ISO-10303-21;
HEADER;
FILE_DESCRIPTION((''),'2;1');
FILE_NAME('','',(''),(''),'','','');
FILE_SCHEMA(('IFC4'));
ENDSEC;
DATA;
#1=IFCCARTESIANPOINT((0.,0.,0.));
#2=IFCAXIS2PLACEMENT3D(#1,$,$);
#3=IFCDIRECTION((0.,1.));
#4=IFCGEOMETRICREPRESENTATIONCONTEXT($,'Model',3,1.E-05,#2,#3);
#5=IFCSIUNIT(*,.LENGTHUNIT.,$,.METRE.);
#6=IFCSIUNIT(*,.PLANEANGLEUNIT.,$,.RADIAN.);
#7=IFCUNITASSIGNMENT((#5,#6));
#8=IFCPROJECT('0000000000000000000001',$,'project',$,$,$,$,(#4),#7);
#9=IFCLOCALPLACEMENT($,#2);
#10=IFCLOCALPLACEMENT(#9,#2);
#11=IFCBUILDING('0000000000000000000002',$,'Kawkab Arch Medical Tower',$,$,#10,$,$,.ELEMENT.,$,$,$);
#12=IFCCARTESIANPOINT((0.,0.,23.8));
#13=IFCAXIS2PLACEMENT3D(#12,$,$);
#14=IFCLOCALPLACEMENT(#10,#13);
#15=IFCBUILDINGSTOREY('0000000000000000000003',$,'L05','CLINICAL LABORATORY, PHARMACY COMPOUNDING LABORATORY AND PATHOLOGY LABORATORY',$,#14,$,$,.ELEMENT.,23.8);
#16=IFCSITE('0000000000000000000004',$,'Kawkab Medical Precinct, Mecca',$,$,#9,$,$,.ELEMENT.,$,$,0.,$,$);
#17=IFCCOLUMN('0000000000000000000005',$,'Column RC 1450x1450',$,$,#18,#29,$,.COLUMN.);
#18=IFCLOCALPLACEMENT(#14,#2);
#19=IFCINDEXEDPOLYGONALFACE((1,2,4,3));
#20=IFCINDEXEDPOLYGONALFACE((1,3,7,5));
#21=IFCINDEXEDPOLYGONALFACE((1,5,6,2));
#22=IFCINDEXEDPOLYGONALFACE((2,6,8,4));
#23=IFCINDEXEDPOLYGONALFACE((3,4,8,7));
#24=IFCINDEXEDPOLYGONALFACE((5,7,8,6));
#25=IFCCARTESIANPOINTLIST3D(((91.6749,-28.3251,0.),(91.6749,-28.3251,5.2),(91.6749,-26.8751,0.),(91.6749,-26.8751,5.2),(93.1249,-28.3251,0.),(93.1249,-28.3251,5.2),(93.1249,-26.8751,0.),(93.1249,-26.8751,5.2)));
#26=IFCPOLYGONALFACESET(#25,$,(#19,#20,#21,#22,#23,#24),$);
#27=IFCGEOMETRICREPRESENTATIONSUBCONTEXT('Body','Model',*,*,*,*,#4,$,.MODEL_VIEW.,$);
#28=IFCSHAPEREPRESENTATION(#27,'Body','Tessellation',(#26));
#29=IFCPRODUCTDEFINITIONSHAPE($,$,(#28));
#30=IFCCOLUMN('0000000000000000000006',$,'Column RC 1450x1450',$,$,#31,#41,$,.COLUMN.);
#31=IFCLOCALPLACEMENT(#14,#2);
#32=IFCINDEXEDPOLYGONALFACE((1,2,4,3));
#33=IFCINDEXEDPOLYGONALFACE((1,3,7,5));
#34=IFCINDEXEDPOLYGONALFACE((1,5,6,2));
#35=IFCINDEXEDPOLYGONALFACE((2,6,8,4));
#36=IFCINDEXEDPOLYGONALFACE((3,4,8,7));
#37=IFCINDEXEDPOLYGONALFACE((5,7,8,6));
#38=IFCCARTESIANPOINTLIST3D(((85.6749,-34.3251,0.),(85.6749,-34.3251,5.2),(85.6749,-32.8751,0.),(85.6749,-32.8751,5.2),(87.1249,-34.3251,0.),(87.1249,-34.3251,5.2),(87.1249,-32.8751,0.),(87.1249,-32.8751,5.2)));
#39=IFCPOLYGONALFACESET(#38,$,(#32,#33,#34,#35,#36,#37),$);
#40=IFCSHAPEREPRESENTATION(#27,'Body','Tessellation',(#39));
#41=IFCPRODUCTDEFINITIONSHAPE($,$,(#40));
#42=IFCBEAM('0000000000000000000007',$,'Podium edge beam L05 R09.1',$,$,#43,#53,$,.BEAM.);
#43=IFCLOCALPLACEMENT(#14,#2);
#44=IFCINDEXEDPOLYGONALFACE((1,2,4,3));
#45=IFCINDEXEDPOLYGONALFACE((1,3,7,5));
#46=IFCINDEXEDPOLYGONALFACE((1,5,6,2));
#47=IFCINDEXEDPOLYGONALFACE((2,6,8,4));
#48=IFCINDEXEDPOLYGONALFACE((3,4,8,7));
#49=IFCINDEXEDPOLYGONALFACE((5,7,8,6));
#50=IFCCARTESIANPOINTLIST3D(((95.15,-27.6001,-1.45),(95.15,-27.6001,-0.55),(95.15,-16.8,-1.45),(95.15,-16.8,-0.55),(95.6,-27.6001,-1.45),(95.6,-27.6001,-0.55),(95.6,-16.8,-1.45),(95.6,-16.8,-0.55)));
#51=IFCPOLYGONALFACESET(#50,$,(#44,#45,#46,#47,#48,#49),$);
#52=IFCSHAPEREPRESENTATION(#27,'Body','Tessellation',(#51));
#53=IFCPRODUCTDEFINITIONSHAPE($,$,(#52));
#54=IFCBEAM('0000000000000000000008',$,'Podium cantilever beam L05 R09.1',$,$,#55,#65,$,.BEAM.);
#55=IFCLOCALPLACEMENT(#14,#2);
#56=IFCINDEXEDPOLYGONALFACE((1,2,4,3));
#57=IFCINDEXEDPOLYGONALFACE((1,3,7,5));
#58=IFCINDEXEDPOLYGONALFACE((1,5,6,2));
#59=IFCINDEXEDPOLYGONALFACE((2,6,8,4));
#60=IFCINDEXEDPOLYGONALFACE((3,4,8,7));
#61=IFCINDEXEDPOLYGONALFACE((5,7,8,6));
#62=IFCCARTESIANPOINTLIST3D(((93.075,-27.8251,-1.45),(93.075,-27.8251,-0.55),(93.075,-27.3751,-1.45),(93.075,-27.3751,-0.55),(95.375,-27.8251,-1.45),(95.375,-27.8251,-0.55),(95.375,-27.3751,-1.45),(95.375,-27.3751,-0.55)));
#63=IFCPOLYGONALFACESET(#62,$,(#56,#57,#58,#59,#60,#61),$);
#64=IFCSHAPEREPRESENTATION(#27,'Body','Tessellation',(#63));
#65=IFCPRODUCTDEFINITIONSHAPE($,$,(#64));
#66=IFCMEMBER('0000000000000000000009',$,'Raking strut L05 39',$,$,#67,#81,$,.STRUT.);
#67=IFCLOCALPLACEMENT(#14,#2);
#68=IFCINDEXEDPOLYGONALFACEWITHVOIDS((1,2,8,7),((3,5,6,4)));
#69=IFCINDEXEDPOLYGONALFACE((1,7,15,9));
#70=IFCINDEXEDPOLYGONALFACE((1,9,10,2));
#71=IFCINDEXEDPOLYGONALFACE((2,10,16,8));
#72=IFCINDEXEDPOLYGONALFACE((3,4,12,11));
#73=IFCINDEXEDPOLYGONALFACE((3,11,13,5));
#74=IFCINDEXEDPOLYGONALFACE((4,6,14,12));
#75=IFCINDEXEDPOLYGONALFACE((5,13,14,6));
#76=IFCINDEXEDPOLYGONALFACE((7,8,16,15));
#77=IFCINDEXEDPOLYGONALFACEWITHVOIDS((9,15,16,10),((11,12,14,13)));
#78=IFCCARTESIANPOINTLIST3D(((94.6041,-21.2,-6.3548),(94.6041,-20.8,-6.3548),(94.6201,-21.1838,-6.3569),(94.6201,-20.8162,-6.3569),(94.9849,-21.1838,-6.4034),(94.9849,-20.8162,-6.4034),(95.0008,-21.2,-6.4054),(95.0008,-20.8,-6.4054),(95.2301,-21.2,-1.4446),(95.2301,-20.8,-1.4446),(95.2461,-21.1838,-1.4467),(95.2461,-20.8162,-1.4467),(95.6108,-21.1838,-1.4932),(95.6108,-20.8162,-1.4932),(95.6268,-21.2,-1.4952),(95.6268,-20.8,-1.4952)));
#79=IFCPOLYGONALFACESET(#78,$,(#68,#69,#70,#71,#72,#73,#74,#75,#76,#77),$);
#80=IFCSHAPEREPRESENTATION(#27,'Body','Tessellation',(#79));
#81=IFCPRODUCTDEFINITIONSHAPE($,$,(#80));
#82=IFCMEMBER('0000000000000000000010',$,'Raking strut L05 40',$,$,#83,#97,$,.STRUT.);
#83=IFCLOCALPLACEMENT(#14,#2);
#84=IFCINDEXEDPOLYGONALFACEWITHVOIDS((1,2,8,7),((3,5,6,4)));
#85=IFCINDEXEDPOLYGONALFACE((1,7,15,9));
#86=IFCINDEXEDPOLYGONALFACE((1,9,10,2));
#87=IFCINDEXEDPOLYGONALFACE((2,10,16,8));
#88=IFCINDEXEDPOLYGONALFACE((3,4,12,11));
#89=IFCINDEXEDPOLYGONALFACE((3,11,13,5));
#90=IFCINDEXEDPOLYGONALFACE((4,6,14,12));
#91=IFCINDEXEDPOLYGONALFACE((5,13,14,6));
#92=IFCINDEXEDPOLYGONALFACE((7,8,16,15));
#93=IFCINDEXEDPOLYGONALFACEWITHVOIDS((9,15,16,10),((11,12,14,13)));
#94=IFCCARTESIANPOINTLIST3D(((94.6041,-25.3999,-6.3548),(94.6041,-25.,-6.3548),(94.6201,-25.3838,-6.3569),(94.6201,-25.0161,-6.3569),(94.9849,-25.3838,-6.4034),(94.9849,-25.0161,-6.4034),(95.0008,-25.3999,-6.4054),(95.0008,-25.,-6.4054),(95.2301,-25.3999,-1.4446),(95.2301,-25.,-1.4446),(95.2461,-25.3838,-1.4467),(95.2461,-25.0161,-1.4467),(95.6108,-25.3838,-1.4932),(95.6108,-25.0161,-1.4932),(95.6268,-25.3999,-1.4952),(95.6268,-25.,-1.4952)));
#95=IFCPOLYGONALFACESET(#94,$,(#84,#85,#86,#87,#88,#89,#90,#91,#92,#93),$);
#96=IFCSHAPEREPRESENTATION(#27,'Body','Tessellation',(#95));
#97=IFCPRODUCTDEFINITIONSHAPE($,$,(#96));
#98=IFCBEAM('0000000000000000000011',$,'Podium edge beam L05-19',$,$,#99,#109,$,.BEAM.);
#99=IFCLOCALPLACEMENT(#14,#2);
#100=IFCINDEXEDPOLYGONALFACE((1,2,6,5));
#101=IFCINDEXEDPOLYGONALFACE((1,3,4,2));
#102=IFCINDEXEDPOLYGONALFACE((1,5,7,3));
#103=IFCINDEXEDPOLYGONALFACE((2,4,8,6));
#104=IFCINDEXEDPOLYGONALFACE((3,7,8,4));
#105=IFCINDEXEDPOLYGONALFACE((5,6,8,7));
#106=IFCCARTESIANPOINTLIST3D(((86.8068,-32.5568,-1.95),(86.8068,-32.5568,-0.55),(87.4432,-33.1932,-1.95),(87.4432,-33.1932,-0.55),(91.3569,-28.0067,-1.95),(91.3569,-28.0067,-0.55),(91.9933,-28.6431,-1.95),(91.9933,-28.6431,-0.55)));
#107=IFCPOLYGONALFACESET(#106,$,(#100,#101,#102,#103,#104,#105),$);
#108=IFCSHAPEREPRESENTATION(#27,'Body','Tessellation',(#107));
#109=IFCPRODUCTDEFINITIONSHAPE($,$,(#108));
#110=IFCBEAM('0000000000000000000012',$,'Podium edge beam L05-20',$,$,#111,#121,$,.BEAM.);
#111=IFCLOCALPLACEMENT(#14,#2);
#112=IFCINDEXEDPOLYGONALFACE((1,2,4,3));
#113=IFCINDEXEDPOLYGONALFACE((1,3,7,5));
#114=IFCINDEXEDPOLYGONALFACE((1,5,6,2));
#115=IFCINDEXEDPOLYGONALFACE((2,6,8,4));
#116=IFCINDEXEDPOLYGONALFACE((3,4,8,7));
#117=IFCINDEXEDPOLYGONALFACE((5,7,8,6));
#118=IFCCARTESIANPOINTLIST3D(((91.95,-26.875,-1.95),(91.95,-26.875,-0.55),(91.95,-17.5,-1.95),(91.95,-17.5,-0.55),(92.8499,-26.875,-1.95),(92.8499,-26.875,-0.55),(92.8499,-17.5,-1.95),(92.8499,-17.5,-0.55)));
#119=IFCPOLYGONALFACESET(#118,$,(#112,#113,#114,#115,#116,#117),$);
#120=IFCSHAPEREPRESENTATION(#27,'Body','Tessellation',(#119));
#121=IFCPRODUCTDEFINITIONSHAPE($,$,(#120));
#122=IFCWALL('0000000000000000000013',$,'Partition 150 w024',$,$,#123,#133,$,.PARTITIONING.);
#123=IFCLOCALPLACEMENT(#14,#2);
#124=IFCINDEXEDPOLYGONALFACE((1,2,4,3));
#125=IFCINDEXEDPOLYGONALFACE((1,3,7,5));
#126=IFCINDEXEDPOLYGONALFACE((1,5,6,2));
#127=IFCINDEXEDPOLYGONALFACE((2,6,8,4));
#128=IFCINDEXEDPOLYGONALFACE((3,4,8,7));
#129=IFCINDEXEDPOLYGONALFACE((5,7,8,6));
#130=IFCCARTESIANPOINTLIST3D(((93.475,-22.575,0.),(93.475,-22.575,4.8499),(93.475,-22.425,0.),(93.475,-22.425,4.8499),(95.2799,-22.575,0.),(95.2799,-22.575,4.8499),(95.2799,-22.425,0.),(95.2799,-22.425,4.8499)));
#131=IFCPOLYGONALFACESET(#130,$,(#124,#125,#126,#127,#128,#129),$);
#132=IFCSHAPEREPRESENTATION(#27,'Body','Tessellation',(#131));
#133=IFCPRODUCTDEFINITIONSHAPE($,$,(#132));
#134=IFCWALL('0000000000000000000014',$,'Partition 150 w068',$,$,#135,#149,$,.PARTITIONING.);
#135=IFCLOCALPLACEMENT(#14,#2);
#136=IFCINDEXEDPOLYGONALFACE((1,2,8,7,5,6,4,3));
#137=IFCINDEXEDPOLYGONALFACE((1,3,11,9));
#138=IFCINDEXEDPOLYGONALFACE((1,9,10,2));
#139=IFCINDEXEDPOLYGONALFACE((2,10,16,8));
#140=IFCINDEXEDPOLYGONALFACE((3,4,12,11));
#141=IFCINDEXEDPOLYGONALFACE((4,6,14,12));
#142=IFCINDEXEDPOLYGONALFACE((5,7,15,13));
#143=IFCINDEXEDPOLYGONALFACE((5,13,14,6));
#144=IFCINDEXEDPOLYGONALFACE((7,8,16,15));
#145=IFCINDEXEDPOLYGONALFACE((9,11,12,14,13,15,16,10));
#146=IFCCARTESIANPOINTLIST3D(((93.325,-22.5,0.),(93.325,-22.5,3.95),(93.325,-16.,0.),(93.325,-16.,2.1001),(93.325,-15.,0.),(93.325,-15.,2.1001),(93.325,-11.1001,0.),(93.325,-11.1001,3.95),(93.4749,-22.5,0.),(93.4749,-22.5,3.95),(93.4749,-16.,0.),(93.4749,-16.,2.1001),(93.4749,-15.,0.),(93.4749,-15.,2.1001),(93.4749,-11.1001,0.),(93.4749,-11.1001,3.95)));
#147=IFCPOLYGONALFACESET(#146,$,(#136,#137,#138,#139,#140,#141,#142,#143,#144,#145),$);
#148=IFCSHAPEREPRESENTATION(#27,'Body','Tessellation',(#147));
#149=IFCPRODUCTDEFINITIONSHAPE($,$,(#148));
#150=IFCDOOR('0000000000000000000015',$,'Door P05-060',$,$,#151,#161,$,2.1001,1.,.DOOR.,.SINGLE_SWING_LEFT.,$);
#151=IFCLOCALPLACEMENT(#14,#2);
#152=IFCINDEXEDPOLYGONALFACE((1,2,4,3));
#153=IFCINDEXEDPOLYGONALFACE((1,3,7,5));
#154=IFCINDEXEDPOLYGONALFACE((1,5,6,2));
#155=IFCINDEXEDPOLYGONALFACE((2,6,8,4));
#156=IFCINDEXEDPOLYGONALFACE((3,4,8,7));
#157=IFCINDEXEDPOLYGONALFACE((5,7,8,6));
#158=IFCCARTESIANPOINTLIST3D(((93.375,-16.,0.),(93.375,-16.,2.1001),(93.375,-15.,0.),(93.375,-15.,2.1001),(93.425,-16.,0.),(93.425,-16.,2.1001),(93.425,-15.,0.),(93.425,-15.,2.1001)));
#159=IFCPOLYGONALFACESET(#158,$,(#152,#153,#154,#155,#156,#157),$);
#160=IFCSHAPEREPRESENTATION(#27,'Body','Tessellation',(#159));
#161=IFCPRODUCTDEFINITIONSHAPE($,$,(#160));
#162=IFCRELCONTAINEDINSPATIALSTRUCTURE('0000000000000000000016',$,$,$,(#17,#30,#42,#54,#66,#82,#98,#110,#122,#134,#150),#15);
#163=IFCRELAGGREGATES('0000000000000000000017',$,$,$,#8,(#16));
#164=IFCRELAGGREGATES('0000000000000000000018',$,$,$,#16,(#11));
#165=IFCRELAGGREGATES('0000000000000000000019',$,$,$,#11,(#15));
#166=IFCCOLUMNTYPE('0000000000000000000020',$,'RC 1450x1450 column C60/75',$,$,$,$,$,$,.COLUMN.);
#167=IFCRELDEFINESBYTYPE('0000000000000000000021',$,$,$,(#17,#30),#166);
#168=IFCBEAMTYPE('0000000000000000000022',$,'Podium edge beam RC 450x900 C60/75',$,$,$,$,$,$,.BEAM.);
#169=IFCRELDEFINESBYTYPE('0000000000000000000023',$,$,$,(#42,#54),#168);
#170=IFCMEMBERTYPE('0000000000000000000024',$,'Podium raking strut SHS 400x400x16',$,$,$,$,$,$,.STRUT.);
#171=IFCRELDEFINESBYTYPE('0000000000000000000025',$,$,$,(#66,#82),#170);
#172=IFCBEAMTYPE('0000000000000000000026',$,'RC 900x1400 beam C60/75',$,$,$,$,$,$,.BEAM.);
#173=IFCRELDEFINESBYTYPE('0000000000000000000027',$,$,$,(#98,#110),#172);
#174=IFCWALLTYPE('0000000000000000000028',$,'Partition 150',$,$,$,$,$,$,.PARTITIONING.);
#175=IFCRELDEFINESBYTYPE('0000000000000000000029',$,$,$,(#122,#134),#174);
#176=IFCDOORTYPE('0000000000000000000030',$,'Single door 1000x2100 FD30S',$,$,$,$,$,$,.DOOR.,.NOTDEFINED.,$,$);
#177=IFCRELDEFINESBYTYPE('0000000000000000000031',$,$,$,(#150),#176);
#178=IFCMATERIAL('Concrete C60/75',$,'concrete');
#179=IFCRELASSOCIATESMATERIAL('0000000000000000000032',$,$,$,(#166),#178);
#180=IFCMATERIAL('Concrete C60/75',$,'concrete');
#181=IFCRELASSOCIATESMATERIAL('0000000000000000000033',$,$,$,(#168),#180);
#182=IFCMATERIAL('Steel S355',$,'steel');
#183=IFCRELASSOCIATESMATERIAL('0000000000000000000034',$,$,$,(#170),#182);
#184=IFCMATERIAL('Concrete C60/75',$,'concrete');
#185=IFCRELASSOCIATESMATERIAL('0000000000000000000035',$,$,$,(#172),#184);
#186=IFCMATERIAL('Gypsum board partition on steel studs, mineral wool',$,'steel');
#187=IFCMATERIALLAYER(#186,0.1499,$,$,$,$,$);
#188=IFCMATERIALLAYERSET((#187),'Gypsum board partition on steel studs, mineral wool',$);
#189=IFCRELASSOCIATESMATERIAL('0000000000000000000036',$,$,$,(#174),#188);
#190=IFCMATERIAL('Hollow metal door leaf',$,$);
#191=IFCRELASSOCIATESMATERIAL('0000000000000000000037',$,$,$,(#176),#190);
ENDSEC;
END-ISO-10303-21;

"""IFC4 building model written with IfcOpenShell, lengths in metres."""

from ifc_helpers import new_model, si_unit, direction, frame, frame_2d, origin, origin_2d, place, context, subcontext, project, spatial, rectangle, hollow_rectangle, extrude, material, layer, layer_set, material_profile, profile_set, type_object, element, fill, save


model = new_model("IFC4")

# Units and contexts
model_context = context("Model", 3, precision=1e-05, world=origin(), true_north=direction((0.0, 1.0)))
body_context = subcontext(model_context, "Body", "Model", "MODEL_VIEW")
ifc_project = project(units=[si_unit("LENGTHUNIT", "METRE"), si_unit("PLANEANGLEUNIT", "RADIAN")], contexts=[model_context])

# Site, building, storey
site_placement = place(None, origin())
site = spatial("IfcSite", under=ifc_project, at=site_placement, Name="Kawkab Medical Precinct, Mecca", CompositionType="ELEMENT", RefElevation=0.0)
building_placement = place(site_placement, origin())
building = spatial("IfcBuilding", under=site, at=building_placement, Name="Kawkab Arch Medical Tower", CompositionType="ELEMENT")
storey_placement = place(building_placement, frame((0.0, 0.0, 23.8)))
storey = spatial("IfcBuildingStorey", under=building, at=storey_placement, Name="L05", Description="CLINICAL LABORATORY, PHARMACY COMPOUNDING LABORATORY AND PATHOLOGY LABORATORY", CompositionType="ELEMENT", Elevation=23.8)

# Columns
ifc_material_1 = material(Name="Concrete C60/75", Category="concrete")
ifc_material_profile_1 = material_profile(ifc_material_1, rectangle(XDim=1.45, YDim=1.45, at=origin_2d()), Name="RC 1450x1450")
ifc_profile_set_1 = profile_set([ifc_material_profile_1], Name="Concrete C60/75")
column_type = type_object("IfcColumnType", Name="RC 1450x1450 column C60/75", PredefinedType="COLUMN", material=ifc_profile_set_1)
for number, where, z_axis, x_axis, name in (
    (1, (92.3999, -27.6001, 0.0), (0.0, 0.0, 1.0), (1.0, 0.0, 0.0), "Column RC 1450x1450"),
    (2, (86.3999, -33.6001, 0.0), (0.0, 0.0, 1.0), (1.0, 0.0, 0.0), "Column RC 1450x1450"),
):
    element("IfcColumn", number, at=place(storey_placement, frame(where, z_axis=z_axis, x_axis=x_axis)), inside=storey, type_object=column_type, Name=name, PredefinedType="COLUMN", context=body_context, shape_type="SweptSolid", body=[
        extrude(rectangle(XDim=1.45, YDim=1.45, at=origin_2d()), origin(), (0.0, 0.0, 1.0), 5.2),
    ])

# Beams
ifc_material_2 = material(Name="Concrete C60/75", Category="concrete")
ifc_material_profile_2 = material_profile(ifc_material_2, rectangle(XDim=0.45, YDim=0.8999, at=origin_2d()), Name="RC 450x900")
ifc_profile_set_2 = profile_set([ifc_material_profile_2], Name="Concrete C60/75")
beam_type_1 = type_object("IfcBeamType", Name="Podium edge beam RC 450x900 C60/75", PredefinedType="BEAM", material=ifc_profile_set_2)
beam_1_placement = place(storey_placement, frame((95.375, -27.6001, -1.0), z_axis=(0.0, 1.0, 0.0), x_axis=(-1.0, 0.0, 0.0)))
element("IfcBeam", 3, at=beam_1_placement, inside=storey, type_object=beam_type_1, Name="Podium edge beam L05 R09.1", PredefinedType="BEAM", context=body_context, shape_type="SweptSolid", body=[
    extrude(rectangle(XDim=0.45, YDim=0.8999, at=origin_2d()), origin(), (0.0, 0.0, 1.0), 10.8),
])
beam_2_placement = place(storey_placement, frame((93.075, -27.6001, -1.0), z_axis=(1.0, 0.0, 0.0), x_axis=(0.0, 1.0, 0.0)))
element("IfcBeam", 4, at=beam_2_placement, inside=storey, type_object=beam_type_1, Name="Podium cantilever beam L05 R09.1", PredefinedType="BEAM", context=body_context, shape_type="SweptSolid", body=[
    extrude(rectangle(XDim=0.45, YDim=0.8999, at=origin_2d()), origin(), (0.0, 0.0, 1.0), 2.3),
])

# Members
ifc_material_3 = material(Name="Steel S355", Category="steel")
ifc_material_profile_3 = material_profile(ifc_material_3, hollow_rectangle(XDim=0.3999, YDim=0.3999, WallThickness=0.0161, at=origin_2d()), Name="SHS 400x400x16")
ifc_profile_set_3 = profile_set([ifc_material_profile_3], Name="Steel S355")
member_type = type_object("IfcMemberType", Name="Podium raking strut SHS 400x400x16", PredefinedType="STRUT", material=ifc_profile_set_3)
for number, where, z_axis, x_axis, name in (
    (5, (94.8025, -21.0, -6.3801), (0.126463, 0.0, 0.991971), (0.0, 1.0, 0.0), "Raking strut L05 39"),
    (6, (94.8025, -25.2, -6.3801), (0.126463, 0.0, 0.991971), (0.0, 1.0, 0.0), "Raking strut L05 40"),
):
    element("IfcMember", number, at=place(storey_placement, frame(where, z_axis=z_axis, x_axis=x_axis)), inside=storey, type_object=member_type, Name=name, PredefinedType="STRUT", context=body_context, shape_type="SweptSolid", body=[
        extrude(hollow_rectangle(XDim=0.3999, YDim=0.3999, WallThickness=0.0161, at=origin_2d()), origin(), (0.0, 0.0, 1.0), 4.95),
    ])

# Beams
ifc_material_4 = material(Name="Concrete C60/75", Category="concrete")
ifc_material_profile_4 = material_profile(ifc_material_4, rectangle(XDim=0.8999, YDim=1.3999, at=origin_2d()), Name="RC 900x1400")
ifc_profile_set_4 = profile_set([ifc_material_profile_4], Name="Concrete C60/75")
beam_type_2 = type_object("IfcBeamType", Name="RC 900x1400 beam C60/75", PredefinedType="BEAM", material=ifc_profile_set_4)
beam_3_placement = place(storey_placement, frame((87.125, -32.875, -1.25), z_axis=(0.707107, 0.707107, 0.0), x_axis=(-0.707107, 0.707107, 0.0)))
element("IfcBeam", 7, at=beam_3_placement, inside=storey, type_object=beam_type_2, Name="Podium edge beam L05-19", PredefinedType="BEAM", context=body_context, shape_type="SweptSolid", body=[
    extrude(rectangle(XDim=0.8999, YDim=1.3999, at=origin_2d()), origin(), (0.0, 0.0, 1.0), 6.4348),
])
beam_4_placement = place(storey_placement, frame((92.3999, -26.875, -1.25), z_axis=(0.0, 1.0, 0.0), x_axis=(-1.0, 0.0, 0.0)))
element("IfcBeam", 8, at=beam_4_placement, inside=storey, type_object=beam_type_2, Name="Podium edge beam L05-20", PredefinedType="BEAM", context=body_context, shape_type="SweptSolid", body=[
    extrude(rectangle(XDim=0.8999, YDim=1.3999, at=origin_2d()), origin(), (0.0, 0.0, 1.0), 9.375),
])

# Wall
ifc_material_5 = material(Name="Gypsum board partition on steel studs, mineral wool", Category="steel")
ifc_layer_1 = layer(ifc_material_5, 0.1499)
ifc_layer_set_1 = layer_set([ifc_layer_1], Name="Gypsum board partition on steel studs, mineral wool")
wall_type_1 = type_object("IfcWallType", Name="Partition 150", PredefinedType="PARTITIONING", material=ifc_layer_set_1)
wall_1_placement = place(storey_placement, frame((93.4751, -22.5, 0.0), z_axis=(0.0, 0.0, 1.0), x_axis=(1.0, 0.0, 0.0)))
element("IfcWall", 9, at=wall_1_placement, inside=storey, type_object=wall_type_1, Name="Partition 150 w024", PredefinedType="PARTITIONING", context=body_context, shape_type="SweptSolid", body=[
    extrude(rectangle(XDim=1.8049, YDim=0.1499, at=frame_2d((0.9023, 0.0))), origin(), (0.0, 0.0, 1.0), 4.8499),
])

# Wall, opening, door
wall_2_placement = place(storey_placement, frame((93.3999, -22.5, 0.0), z_axis=(0.0, 0.0, 1.0), x_axis=(0.0, 1.0, 0.0)))
wall_2 = element("IfcWall", 10, at=wall_2_placement, inside=storey, type_object=wall_type_1, Name="Partition 150 w068", PredefinedType="PARTITIONING", context=body_context, shape_type="SweptSolid", body=[
    extrude(rectangle(XDim=11.3999, YDim=0.1499, at=frame_2d((5.7, 0.0))), origin(), (0.0, 0.0, 1.0), 3.95),
])
opening_1_placement = place(wall_2_placement, frame((6.5, 0.0, 0.0)))
opening_1 = element("IfcOpeningElement", 11, at=opening_1_placement, cuts=wall_2, PredefinedType="OPENING", context=body_context, shape_type="SweptSolid", body=[
    extrude(rectangle(XDim=1.0, YDim=2.1001, at=frame_2d((0.5, 1.05))), frame((0.0, 0.085, 0.0), z_axis=(0.0, -1.0, 0.0), x_axis=(1.0, 0.0, 0.0)), (0.0, 0.0, 1.0), 0.1699),
])
ifc_material_6 = material(Name="Hollow metal door leaf")
door_type = type_object("IfcDoorType", Name="Single door 1000x2100 FD30S", OperationType="NOTDEFINED", PredefinedType="DOOR", material=ifc_material_6)
door_placement = place(opening_1_placement, origin())
door = element("IfcDoor", 12, at=door_placement, inside=storey, type_object=door_type, Name="Door P05-060", OperationType="SINGLE_SWING_LEFT", OverallHeight=2.1001, OverallWidth=1.0, PredefinedType="DOOR", context=body_context, shape_type="SweptSolid", body=[
    extrude(rectangle(XDim=1.0, YDim=2.1001, at=frame_2d((0.5, 1.05))), frame((0.0, 0.0249, 0.0), z_axis=(0.0, -1.0, 0.0), x_axis=(1.0, 0.0, 0.0)), (0.0, 0.0, 1.0), 0.05),
])
fill(opening_1, door)

save(model, "model.ifc")
